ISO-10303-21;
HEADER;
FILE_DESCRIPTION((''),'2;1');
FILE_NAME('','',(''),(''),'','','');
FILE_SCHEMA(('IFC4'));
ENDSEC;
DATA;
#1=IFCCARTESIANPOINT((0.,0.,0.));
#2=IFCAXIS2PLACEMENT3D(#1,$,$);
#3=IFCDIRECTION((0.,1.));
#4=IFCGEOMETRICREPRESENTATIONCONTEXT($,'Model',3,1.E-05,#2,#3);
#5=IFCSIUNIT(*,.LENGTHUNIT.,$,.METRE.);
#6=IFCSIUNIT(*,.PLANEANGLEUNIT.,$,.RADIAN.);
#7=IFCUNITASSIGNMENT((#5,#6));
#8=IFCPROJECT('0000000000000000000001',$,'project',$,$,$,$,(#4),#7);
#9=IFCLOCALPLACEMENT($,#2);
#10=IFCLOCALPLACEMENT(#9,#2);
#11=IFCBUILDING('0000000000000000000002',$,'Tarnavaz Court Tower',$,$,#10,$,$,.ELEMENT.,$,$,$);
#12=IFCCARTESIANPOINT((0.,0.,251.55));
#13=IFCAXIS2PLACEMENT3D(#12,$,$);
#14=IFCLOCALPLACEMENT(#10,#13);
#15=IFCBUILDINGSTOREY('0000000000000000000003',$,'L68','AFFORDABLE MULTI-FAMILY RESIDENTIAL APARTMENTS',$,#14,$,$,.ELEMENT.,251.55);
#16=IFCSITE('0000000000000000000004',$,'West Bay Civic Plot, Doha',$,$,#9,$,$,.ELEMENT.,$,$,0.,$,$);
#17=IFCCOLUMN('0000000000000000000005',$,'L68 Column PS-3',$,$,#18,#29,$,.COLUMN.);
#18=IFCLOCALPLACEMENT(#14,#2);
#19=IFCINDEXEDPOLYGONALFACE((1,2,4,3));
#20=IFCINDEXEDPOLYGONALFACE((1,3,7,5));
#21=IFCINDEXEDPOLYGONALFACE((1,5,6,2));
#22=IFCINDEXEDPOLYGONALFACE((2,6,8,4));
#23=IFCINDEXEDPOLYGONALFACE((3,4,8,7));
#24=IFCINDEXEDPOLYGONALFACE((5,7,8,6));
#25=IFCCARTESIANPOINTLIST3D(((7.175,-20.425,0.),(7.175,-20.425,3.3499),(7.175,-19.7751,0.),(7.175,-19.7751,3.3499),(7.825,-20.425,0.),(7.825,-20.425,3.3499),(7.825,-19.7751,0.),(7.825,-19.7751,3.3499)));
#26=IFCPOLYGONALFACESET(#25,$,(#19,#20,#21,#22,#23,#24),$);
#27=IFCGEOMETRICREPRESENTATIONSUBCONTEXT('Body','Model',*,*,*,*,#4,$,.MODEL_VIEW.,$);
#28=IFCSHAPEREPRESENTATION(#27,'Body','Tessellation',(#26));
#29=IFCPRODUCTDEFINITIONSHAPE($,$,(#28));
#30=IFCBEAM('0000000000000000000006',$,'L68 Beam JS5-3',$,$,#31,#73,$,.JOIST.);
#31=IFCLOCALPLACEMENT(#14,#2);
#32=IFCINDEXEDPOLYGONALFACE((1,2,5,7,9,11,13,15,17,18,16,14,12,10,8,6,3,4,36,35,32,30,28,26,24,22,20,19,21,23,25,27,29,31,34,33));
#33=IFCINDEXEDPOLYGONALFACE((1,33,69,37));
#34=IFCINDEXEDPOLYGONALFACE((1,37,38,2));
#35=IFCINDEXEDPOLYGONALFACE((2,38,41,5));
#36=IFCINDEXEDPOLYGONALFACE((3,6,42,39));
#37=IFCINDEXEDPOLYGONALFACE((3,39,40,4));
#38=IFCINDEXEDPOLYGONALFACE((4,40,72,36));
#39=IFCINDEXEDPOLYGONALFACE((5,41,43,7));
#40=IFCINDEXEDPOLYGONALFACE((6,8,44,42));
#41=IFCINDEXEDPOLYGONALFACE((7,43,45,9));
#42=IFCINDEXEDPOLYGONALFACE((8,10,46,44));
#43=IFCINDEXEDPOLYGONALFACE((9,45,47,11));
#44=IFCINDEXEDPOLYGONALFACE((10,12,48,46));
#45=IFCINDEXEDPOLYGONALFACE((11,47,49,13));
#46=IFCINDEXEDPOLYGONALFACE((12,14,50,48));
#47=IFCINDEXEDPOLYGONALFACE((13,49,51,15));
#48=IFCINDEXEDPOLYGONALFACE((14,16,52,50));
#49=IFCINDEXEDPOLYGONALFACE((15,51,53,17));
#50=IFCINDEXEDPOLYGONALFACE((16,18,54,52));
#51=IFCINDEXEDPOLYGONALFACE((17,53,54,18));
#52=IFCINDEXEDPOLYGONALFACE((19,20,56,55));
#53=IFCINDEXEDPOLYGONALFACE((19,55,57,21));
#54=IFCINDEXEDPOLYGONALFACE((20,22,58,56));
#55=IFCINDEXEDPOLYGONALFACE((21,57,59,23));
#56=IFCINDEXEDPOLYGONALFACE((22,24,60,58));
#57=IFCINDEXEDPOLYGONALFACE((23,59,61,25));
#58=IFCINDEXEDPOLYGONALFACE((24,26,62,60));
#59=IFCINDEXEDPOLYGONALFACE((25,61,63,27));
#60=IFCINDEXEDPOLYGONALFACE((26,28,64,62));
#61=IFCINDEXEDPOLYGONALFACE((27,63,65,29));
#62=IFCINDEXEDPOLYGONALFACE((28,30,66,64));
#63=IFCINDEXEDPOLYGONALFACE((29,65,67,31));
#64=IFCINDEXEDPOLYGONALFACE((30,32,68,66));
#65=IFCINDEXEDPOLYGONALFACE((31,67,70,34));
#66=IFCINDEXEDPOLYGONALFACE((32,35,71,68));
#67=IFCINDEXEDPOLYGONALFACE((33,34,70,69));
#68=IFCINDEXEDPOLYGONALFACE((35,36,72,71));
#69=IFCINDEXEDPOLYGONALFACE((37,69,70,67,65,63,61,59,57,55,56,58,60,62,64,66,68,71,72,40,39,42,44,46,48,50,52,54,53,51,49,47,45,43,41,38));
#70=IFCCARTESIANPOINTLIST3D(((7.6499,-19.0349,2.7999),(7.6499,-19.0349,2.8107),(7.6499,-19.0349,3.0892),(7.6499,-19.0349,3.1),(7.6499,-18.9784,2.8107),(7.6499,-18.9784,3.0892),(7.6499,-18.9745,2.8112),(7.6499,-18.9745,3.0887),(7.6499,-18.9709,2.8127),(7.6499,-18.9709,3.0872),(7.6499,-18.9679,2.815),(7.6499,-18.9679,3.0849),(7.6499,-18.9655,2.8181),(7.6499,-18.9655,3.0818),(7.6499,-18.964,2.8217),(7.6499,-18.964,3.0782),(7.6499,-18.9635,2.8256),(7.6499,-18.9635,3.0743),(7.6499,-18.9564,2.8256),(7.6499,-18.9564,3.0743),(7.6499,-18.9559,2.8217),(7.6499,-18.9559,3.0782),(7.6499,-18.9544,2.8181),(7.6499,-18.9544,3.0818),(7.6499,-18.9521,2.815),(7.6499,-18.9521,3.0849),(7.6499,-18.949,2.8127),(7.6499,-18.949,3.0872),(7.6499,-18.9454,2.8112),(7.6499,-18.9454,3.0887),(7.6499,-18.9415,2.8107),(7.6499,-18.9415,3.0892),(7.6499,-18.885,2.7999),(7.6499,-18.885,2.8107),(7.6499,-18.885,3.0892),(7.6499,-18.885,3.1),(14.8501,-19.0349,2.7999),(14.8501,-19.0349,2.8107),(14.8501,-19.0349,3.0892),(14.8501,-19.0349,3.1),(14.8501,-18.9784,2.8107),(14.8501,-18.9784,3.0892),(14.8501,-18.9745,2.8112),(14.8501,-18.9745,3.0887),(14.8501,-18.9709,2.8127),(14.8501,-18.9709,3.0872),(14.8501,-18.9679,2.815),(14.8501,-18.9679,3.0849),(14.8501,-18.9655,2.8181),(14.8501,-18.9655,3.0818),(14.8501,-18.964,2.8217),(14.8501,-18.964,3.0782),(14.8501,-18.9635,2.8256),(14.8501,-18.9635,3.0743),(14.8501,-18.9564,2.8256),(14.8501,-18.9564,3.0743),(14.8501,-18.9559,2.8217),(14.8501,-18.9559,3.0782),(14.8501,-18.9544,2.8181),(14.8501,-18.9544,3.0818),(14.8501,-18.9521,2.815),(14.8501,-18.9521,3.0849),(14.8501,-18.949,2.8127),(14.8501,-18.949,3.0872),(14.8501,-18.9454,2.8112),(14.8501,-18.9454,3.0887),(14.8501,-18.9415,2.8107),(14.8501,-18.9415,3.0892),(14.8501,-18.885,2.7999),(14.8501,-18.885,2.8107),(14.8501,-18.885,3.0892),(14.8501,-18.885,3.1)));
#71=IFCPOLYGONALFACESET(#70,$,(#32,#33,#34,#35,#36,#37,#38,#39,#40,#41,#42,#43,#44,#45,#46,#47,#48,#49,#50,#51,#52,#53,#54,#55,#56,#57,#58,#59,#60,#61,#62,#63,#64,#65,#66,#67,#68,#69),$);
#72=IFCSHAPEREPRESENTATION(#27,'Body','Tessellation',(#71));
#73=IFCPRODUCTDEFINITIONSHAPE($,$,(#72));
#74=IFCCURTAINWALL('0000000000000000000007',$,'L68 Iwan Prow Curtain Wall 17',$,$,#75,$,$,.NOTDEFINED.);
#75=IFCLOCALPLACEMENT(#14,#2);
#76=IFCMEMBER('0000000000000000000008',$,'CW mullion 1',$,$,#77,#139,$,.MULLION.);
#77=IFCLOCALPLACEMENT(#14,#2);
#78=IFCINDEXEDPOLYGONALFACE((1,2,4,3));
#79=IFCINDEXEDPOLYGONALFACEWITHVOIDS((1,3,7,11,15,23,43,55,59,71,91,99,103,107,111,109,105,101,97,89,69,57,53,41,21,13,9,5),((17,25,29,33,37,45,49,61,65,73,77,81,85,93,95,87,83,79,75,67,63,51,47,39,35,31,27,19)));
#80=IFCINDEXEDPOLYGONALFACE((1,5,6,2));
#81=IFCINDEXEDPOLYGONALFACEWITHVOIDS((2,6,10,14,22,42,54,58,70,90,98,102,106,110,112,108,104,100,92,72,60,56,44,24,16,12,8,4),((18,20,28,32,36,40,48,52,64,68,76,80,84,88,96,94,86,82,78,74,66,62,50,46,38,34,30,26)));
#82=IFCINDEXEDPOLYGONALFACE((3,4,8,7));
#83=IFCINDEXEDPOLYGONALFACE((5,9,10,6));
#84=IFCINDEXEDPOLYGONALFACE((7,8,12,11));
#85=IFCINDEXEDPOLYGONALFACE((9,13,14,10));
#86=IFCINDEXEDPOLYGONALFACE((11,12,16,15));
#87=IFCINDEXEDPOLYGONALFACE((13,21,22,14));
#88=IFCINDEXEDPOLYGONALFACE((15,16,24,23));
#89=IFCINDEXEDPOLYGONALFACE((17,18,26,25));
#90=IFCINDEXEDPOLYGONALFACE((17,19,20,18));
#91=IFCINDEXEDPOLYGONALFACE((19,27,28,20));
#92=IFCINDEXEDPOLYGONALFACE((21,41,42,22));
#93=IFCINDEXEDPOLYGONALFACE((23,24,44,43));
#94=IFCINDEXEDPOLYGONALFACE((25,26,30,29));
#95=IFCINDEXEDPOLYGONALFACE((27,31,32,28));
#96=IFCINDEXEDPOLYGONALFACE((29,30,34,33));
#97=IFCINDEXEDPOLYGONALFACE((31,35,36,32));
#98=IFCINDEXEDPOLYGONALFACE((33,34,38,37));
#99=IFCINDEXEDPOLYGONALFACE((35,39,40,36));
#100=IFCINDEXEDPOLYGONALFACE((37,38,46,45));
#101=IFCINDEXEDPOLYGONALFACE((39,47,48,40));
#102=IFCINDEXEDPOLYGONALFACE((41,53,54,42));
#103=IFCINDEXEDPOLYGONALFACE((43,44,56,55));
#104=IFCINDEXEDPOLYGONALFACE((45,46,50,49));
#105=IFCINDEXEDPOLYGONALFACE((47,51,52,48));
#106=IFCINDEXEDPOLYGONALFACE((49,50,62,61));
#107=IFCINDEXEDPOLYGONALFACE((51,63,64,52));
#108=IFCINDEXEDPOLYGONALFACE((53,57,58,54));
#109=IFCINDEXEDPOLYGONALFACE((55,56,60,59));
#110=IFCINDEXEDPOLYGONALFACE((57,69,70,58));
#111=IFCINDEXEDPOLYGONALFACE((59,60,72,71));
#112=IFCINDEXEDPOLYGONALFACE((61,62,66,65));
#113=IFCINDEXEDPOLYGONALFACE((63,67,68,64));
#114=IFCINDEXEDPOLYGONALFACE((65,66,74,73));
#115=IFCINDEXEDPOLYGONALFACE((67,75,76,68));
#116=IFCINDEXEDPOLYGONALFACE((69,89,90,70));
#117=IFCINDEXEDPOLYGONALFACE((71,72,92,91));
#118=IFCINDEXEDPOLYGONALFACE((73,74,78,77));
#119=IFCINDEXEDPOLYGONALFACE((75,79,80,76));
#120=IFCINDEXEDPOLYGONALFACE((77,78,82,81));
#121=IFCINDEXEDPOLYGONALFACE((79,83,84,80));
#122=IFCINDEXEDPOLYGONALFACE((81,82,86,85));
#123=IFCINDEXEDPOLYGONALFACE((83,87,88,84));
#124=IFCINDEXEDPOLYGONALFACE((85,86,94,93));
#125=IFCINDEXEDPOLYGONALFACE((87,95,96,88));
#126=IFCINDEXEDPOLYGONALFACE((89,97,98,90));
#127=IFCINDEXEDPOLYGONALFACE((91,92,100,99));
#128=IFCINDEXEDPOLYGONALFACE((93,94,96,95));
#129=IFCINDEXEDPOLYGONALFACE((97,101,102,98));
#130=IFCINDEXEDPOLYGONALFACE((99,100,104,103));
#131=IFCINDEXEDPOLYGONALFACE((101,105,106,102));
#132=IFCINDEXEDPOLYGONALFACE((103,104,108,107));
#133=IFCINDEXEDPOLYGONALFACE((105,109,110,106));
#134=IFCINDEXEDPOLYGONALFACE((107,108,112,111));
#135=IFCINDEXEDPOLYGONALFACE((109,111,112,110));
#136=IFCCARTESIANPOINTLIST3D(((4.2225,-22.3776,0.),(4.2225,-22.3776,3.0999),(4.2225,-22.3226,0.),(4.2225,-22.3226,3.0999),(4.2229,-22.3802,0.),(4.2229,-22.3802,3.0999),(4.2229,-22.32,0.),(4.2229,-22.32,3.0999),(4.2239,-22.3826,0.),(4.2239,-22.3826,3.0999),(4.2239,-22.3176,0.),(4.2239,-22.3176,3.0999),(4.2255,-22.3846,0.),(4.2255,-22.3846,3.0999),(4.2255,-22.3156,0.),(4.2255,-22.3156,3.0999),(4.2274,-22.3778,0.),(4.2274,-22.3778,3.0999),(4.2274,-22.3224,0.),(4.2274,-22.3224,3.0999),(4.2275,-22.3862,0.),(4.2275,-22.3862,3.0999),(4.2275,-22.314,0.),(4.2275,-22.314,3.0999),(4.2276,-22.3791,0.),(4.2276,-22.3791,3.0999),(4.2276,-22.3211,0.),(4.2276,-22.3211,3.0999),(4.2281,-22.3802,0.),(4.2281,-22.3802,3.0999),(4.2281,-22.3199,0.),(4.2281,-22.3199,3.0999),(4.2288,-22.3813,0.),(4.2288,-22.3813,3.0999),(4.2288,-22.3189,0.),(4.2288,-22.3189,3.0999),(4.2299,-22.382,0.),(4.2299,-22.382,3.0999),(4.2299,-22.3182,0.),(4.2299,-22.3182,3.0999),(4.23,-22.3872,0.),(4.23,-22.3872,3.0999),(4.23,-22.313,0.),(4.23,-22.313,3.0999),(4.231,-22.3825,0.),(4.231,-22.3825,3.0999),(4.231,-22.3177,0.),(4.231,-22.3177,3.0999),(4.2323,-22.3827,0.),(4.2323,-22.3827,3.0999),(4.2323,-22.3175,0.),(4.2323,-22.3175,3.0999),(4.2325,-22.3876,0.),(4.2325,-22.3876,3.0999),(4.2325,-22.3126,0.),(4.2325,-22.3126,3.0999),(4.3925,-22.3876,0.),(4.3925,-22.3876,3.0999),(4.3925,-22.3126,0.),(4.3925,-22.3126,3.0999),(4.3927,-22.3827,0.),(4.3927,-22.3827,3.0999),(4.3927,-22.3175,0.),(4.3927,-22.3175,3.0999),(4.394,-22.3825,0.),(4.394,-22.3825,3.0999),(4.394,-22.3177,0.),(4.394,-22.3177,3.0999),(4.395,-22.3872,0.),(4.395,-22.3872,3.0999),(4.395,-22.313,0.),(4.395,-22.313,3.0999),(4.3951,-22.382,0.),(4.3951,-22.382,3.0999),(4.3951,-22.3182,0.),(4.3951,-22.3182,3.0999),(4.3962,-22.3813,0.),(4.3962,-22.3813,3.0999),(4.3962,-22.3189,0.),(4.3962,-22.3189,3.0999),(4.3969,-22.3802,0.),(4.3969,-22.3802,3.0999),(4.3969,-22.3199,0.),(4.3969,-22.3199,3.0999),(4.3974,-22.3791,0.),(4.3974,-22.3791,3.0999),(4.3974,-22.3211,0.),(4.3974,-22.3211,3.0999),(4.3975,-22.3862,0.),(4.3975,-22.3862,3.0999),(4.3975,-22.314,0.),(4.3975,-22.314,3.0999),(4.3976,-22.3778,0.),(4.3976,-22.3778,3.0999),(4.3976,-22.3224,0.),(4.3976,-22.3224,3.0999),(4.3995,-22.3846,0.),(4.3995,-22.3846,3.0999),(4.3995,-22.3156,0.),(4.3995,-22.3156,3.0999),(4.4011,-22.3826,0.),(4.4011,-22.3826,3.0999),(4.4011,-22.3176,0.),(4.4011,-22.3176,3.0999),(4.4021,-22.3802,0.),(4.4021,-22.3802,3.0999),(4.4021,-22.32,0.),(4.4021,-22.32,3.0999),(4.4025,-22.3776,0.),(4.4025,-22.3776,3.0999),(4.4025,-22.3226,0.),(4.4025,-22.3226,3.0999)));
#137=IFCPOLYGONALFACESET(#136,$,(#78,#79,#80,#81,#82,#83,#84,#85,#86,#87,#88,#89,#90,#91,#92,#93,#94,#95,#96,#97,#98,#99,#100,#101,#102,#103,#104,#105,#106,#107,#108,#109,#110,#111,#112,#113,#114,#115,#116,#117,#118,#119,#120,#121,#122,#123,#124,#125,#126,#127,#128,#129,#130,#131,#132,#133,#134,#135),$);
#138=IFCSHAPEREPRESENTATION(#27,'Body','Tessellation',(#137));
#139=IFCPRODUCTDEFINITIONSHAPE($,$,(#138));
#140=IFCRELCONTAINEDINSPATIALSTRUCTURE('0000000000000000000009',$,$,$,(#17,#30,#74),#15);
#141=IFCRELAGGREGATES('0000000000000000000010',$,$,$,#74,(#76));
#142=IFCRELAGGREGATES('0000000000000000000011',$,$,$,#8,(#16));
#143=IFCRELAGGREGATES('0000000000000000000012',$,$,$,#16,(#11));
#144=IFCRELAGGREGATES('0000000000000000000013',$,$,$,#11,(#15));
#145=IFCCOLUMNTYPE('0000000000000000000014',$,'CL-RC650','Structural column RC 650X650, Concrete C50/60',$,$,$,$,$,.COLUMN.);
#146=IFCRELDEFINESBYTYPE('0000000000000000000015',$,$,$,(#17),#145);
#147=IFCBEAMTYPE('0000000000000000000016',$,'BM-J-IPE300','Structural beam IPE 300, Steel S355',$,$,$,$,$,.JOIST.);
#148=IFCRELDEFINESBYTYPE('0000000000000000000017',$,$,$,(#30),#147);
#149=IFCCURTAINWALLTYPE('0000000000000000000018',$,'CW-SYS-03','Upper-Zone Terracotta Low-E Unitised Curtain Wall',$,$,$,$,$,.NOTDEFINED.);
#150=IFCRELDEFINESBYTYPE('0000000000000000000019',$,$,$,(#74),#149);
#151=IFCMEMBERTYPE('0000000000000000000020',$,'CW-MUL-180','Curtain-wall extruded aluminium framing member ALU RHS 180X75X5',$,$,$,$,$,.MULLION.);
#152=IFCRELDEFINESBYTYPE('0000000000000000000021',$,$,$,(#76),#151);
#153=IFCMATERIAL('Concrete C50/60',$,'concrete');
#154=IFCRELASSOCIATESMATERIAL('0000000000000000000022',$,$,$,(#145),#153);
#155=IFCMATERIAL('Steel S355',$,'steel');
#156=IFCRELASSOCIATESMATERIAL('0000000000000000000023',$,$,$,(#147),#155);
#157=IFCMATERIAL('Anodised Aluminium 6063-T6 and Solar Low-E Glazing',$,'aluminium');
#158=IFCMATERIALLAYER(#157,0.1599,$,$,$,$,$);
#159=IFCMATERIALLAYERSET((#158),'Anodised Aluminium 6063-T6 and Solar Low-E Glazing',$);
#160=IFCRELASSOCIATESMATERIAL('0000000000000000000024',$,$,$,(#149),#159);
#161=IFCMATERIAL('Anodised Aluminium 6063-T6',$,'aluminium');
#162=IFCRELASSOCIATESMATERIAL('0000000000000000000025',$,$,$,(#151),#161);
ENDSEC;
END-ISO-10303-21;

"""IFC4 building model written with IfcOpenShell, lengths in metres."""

from ifc_helpers import new_model, si_unit, direction, frame, origin, origin_2d, place, context, subcontext, project, spatial, rectangle, hollow_rectangle, i_section, extrude, material, layer, layer_set, material_profile, profile_set, type_object, element, aggregate, save


model = new_model("IFC4")

# Units and contexts
model_context = context("Model", 3, precision=1e-05, world=origin(), true_north=direction((0.0, 1.0)))
body_context = subcontext(model_context, "Body", "Model", "MODEL_VIEW")
ifc_project = project(units=[si_unit("LENGTHUNIT", "METRE"), si_unit("PLANEANGLEUNIT", "RADIAN")], contexts=[model_context])

# Site, building, storey
site_placement = place(None, origin())
site = spatial("IfcSite", under=ifc_project, at=site_placement, Name="West Bay Civic Plot, Doha", CompositionType="ELEMENT", RefElevation=0.0)
building_placement = place(site_placement, origin())
building = spatial("IfcBuilding", under=site, at=building_placement, Name="Tarnavaz Court Tower", CompositionType="ELEMENT")
storey_placement = place(building_placement, frame((0.0, 0.0, 251.55)))
storey = spatial("IfcBuildingStorey", under=building, at=storey_placement, Name="L68", Description="AFFORDABLE MULTI-FAMILY RESIDENTIAL APARTMENTS", CompositionType="ELEMENT", Elevation=251.55)

# Column
ifc_material_1 = material(Name="Concrete C50/60", Category="concrete")
ifc_material_profile_1 = material_profile(ifc_material_1, rectangle(XDim=0.6499, YDim=0.6499, at=origin_2d()), Name="RC 650X650")
ifc_profile_set_1 = profile_set([ifc_material_profile_1], Name="Concrete C50/60")
column_type = type_object("IfcColumnType", Name="CL-RC650", Description="Structural column RC 650X650, Concrete C50/60", PredefinedType="COLUMN", material=ifc_profile_set_1)
column_placement = place(storey_placement, frame((7.5, -20.1001, 0.0), z_axis=(0.0, 0.0, 1.0), x_axis=(1.0, 0.0, 0.0)))
element("IfcColumn", 1, at=column_placement, inside=storey, type_object=column_type, Name="L68 Column PS-3", PredefinedType="COLUMN", context=body_context, shape_type="SweptSolid", body=[
    extrude(rectangle(XDim=0.6499, YDim=0.6499, at=origin_2d()), origin(), (0.0, 0.0, 1.0), 3.3499),
])

# Beam
ifc_material_2 = material(Name="Steel S355", Category="steel")
ifc_material_profile_2 = material_profile(ifc_material_2, i_section(OverallWidth=0.1499, OverallDepth=0.3, WebThickness=0.0071, FlangeThickness=0.0107, FilletRadius=0.0149, at=origin_2d()), Name="IPE 300")
ifc_profile_set_2 = profile_set([ifc_material_profile_2], Name="Steel S355")
beam_type = type_object("IfcBeamType", Name="BM-J-IPE300", Description="Structural beam IPE 300, Steel S355", PredefinedType="JOIST", material=ifc_profile_set_2)
beam_placement = place(storey_placement, frame((7.6499, -18.96, 2.95), z_axis=(1.0, 0.0, 0.0), x_axis=(0.0, 1.0, 0.0)))
element("IfcBeam", 2, at=beam_placement, inside=storey, type_object=beam_type, Name="L68 Beam JS5-3", PredefinedType="JOIST", context=body_context, shape_type="SweptSolid", body=[
    extrude(i_section(OverallWidth=0.1499, OverallDepth=0.3, WebThickness=0.0071, FlangeThickness=0.0107, FilletRadius=0.0149, at=origin_2d()), origin(), (0.0, 0.0, 1.0), 7.2002),
])

# Curtain wall, member
ifc_material_3 = material(Name="Anodised Aluminium 6063-T6 and Solar Low-E Glazing", Category="aluminium")
ifc_layer_1 = layer(ifc_material_3, 0.1599)
ifc_layer_set_1 = layer_set([ifc_layer_1], Name="Anodised Aluminium 6063-T6 and Solar Low-E Glazing")
curtain_wall_type = type_object("IfcCurtainWallType", Name="CW-SYS-03", Description="Upper-Zone Terracotta Low-E Unitised Curtain Wall", PredefinedType="NOTDEFINED", material=ifc_layer_set_1)
curtain_wall_placement = place(storey_placement, origin())
curtain_wall = element("IfcCurtainWall", 3, at=curtain_wall_placement, inside=storey, type_object=curtain_wall_type, Name="L68 Iwan Prow Curtain Wall 17", PredefinedType="NOTDEFINED")
ifc_material_4 = material(Name="Anodised Aluminium 6063-T6", Category="aluminium")
ifc_material_profile_3 = material_profile(ifc_material_4, hollow_rectangle(XDim=0.075, YDim=0.1799, WallThickness=0.0049, InnerFilletRadius=0.0049, OuterFilletRadius=0.01, at=origin_2d()), Name="ALU RHS 180X75X5")
ifc_profile_set_3 = profile_set([ifc_material_profile_3], Name="Anodised Aluminium 6063-T6")
member_type_1 = type_object("IfcMemberType", Name="CW-MUL-180", Description="Curtain-wall extruded aluminium framing member ALU RHS 180X75X5", PredefinedType="MULLION", material=ifc_profile_set_3)
member_1_placement = place(storey_placement, frame((4.3125, -22.3501, 0.0), z_axis=(0.0, 0.0, 1.0), x_axis=(0.0, -1.0, 0.0)))
member_1 = element("IfcMember", 4, at=member_1_placement, type_object=member_type_1, Name="CW mullion 1", PredefinedType="MULLION", context=body_context, shape_type="SweptSolid", body=[
    extrude(hollow_rectangle(XDim=0.075, YDim=0.1799, WallThickness=0.0049, InnerFilletRadius=0.0049, OuterFilletRadius=0.01, at=origin_2d()), origin(), (0.0, 0.0, 1.0), 3.0999),
])
aggregate(curtain_wall, [member_1])

save(model, "model.ifc")
